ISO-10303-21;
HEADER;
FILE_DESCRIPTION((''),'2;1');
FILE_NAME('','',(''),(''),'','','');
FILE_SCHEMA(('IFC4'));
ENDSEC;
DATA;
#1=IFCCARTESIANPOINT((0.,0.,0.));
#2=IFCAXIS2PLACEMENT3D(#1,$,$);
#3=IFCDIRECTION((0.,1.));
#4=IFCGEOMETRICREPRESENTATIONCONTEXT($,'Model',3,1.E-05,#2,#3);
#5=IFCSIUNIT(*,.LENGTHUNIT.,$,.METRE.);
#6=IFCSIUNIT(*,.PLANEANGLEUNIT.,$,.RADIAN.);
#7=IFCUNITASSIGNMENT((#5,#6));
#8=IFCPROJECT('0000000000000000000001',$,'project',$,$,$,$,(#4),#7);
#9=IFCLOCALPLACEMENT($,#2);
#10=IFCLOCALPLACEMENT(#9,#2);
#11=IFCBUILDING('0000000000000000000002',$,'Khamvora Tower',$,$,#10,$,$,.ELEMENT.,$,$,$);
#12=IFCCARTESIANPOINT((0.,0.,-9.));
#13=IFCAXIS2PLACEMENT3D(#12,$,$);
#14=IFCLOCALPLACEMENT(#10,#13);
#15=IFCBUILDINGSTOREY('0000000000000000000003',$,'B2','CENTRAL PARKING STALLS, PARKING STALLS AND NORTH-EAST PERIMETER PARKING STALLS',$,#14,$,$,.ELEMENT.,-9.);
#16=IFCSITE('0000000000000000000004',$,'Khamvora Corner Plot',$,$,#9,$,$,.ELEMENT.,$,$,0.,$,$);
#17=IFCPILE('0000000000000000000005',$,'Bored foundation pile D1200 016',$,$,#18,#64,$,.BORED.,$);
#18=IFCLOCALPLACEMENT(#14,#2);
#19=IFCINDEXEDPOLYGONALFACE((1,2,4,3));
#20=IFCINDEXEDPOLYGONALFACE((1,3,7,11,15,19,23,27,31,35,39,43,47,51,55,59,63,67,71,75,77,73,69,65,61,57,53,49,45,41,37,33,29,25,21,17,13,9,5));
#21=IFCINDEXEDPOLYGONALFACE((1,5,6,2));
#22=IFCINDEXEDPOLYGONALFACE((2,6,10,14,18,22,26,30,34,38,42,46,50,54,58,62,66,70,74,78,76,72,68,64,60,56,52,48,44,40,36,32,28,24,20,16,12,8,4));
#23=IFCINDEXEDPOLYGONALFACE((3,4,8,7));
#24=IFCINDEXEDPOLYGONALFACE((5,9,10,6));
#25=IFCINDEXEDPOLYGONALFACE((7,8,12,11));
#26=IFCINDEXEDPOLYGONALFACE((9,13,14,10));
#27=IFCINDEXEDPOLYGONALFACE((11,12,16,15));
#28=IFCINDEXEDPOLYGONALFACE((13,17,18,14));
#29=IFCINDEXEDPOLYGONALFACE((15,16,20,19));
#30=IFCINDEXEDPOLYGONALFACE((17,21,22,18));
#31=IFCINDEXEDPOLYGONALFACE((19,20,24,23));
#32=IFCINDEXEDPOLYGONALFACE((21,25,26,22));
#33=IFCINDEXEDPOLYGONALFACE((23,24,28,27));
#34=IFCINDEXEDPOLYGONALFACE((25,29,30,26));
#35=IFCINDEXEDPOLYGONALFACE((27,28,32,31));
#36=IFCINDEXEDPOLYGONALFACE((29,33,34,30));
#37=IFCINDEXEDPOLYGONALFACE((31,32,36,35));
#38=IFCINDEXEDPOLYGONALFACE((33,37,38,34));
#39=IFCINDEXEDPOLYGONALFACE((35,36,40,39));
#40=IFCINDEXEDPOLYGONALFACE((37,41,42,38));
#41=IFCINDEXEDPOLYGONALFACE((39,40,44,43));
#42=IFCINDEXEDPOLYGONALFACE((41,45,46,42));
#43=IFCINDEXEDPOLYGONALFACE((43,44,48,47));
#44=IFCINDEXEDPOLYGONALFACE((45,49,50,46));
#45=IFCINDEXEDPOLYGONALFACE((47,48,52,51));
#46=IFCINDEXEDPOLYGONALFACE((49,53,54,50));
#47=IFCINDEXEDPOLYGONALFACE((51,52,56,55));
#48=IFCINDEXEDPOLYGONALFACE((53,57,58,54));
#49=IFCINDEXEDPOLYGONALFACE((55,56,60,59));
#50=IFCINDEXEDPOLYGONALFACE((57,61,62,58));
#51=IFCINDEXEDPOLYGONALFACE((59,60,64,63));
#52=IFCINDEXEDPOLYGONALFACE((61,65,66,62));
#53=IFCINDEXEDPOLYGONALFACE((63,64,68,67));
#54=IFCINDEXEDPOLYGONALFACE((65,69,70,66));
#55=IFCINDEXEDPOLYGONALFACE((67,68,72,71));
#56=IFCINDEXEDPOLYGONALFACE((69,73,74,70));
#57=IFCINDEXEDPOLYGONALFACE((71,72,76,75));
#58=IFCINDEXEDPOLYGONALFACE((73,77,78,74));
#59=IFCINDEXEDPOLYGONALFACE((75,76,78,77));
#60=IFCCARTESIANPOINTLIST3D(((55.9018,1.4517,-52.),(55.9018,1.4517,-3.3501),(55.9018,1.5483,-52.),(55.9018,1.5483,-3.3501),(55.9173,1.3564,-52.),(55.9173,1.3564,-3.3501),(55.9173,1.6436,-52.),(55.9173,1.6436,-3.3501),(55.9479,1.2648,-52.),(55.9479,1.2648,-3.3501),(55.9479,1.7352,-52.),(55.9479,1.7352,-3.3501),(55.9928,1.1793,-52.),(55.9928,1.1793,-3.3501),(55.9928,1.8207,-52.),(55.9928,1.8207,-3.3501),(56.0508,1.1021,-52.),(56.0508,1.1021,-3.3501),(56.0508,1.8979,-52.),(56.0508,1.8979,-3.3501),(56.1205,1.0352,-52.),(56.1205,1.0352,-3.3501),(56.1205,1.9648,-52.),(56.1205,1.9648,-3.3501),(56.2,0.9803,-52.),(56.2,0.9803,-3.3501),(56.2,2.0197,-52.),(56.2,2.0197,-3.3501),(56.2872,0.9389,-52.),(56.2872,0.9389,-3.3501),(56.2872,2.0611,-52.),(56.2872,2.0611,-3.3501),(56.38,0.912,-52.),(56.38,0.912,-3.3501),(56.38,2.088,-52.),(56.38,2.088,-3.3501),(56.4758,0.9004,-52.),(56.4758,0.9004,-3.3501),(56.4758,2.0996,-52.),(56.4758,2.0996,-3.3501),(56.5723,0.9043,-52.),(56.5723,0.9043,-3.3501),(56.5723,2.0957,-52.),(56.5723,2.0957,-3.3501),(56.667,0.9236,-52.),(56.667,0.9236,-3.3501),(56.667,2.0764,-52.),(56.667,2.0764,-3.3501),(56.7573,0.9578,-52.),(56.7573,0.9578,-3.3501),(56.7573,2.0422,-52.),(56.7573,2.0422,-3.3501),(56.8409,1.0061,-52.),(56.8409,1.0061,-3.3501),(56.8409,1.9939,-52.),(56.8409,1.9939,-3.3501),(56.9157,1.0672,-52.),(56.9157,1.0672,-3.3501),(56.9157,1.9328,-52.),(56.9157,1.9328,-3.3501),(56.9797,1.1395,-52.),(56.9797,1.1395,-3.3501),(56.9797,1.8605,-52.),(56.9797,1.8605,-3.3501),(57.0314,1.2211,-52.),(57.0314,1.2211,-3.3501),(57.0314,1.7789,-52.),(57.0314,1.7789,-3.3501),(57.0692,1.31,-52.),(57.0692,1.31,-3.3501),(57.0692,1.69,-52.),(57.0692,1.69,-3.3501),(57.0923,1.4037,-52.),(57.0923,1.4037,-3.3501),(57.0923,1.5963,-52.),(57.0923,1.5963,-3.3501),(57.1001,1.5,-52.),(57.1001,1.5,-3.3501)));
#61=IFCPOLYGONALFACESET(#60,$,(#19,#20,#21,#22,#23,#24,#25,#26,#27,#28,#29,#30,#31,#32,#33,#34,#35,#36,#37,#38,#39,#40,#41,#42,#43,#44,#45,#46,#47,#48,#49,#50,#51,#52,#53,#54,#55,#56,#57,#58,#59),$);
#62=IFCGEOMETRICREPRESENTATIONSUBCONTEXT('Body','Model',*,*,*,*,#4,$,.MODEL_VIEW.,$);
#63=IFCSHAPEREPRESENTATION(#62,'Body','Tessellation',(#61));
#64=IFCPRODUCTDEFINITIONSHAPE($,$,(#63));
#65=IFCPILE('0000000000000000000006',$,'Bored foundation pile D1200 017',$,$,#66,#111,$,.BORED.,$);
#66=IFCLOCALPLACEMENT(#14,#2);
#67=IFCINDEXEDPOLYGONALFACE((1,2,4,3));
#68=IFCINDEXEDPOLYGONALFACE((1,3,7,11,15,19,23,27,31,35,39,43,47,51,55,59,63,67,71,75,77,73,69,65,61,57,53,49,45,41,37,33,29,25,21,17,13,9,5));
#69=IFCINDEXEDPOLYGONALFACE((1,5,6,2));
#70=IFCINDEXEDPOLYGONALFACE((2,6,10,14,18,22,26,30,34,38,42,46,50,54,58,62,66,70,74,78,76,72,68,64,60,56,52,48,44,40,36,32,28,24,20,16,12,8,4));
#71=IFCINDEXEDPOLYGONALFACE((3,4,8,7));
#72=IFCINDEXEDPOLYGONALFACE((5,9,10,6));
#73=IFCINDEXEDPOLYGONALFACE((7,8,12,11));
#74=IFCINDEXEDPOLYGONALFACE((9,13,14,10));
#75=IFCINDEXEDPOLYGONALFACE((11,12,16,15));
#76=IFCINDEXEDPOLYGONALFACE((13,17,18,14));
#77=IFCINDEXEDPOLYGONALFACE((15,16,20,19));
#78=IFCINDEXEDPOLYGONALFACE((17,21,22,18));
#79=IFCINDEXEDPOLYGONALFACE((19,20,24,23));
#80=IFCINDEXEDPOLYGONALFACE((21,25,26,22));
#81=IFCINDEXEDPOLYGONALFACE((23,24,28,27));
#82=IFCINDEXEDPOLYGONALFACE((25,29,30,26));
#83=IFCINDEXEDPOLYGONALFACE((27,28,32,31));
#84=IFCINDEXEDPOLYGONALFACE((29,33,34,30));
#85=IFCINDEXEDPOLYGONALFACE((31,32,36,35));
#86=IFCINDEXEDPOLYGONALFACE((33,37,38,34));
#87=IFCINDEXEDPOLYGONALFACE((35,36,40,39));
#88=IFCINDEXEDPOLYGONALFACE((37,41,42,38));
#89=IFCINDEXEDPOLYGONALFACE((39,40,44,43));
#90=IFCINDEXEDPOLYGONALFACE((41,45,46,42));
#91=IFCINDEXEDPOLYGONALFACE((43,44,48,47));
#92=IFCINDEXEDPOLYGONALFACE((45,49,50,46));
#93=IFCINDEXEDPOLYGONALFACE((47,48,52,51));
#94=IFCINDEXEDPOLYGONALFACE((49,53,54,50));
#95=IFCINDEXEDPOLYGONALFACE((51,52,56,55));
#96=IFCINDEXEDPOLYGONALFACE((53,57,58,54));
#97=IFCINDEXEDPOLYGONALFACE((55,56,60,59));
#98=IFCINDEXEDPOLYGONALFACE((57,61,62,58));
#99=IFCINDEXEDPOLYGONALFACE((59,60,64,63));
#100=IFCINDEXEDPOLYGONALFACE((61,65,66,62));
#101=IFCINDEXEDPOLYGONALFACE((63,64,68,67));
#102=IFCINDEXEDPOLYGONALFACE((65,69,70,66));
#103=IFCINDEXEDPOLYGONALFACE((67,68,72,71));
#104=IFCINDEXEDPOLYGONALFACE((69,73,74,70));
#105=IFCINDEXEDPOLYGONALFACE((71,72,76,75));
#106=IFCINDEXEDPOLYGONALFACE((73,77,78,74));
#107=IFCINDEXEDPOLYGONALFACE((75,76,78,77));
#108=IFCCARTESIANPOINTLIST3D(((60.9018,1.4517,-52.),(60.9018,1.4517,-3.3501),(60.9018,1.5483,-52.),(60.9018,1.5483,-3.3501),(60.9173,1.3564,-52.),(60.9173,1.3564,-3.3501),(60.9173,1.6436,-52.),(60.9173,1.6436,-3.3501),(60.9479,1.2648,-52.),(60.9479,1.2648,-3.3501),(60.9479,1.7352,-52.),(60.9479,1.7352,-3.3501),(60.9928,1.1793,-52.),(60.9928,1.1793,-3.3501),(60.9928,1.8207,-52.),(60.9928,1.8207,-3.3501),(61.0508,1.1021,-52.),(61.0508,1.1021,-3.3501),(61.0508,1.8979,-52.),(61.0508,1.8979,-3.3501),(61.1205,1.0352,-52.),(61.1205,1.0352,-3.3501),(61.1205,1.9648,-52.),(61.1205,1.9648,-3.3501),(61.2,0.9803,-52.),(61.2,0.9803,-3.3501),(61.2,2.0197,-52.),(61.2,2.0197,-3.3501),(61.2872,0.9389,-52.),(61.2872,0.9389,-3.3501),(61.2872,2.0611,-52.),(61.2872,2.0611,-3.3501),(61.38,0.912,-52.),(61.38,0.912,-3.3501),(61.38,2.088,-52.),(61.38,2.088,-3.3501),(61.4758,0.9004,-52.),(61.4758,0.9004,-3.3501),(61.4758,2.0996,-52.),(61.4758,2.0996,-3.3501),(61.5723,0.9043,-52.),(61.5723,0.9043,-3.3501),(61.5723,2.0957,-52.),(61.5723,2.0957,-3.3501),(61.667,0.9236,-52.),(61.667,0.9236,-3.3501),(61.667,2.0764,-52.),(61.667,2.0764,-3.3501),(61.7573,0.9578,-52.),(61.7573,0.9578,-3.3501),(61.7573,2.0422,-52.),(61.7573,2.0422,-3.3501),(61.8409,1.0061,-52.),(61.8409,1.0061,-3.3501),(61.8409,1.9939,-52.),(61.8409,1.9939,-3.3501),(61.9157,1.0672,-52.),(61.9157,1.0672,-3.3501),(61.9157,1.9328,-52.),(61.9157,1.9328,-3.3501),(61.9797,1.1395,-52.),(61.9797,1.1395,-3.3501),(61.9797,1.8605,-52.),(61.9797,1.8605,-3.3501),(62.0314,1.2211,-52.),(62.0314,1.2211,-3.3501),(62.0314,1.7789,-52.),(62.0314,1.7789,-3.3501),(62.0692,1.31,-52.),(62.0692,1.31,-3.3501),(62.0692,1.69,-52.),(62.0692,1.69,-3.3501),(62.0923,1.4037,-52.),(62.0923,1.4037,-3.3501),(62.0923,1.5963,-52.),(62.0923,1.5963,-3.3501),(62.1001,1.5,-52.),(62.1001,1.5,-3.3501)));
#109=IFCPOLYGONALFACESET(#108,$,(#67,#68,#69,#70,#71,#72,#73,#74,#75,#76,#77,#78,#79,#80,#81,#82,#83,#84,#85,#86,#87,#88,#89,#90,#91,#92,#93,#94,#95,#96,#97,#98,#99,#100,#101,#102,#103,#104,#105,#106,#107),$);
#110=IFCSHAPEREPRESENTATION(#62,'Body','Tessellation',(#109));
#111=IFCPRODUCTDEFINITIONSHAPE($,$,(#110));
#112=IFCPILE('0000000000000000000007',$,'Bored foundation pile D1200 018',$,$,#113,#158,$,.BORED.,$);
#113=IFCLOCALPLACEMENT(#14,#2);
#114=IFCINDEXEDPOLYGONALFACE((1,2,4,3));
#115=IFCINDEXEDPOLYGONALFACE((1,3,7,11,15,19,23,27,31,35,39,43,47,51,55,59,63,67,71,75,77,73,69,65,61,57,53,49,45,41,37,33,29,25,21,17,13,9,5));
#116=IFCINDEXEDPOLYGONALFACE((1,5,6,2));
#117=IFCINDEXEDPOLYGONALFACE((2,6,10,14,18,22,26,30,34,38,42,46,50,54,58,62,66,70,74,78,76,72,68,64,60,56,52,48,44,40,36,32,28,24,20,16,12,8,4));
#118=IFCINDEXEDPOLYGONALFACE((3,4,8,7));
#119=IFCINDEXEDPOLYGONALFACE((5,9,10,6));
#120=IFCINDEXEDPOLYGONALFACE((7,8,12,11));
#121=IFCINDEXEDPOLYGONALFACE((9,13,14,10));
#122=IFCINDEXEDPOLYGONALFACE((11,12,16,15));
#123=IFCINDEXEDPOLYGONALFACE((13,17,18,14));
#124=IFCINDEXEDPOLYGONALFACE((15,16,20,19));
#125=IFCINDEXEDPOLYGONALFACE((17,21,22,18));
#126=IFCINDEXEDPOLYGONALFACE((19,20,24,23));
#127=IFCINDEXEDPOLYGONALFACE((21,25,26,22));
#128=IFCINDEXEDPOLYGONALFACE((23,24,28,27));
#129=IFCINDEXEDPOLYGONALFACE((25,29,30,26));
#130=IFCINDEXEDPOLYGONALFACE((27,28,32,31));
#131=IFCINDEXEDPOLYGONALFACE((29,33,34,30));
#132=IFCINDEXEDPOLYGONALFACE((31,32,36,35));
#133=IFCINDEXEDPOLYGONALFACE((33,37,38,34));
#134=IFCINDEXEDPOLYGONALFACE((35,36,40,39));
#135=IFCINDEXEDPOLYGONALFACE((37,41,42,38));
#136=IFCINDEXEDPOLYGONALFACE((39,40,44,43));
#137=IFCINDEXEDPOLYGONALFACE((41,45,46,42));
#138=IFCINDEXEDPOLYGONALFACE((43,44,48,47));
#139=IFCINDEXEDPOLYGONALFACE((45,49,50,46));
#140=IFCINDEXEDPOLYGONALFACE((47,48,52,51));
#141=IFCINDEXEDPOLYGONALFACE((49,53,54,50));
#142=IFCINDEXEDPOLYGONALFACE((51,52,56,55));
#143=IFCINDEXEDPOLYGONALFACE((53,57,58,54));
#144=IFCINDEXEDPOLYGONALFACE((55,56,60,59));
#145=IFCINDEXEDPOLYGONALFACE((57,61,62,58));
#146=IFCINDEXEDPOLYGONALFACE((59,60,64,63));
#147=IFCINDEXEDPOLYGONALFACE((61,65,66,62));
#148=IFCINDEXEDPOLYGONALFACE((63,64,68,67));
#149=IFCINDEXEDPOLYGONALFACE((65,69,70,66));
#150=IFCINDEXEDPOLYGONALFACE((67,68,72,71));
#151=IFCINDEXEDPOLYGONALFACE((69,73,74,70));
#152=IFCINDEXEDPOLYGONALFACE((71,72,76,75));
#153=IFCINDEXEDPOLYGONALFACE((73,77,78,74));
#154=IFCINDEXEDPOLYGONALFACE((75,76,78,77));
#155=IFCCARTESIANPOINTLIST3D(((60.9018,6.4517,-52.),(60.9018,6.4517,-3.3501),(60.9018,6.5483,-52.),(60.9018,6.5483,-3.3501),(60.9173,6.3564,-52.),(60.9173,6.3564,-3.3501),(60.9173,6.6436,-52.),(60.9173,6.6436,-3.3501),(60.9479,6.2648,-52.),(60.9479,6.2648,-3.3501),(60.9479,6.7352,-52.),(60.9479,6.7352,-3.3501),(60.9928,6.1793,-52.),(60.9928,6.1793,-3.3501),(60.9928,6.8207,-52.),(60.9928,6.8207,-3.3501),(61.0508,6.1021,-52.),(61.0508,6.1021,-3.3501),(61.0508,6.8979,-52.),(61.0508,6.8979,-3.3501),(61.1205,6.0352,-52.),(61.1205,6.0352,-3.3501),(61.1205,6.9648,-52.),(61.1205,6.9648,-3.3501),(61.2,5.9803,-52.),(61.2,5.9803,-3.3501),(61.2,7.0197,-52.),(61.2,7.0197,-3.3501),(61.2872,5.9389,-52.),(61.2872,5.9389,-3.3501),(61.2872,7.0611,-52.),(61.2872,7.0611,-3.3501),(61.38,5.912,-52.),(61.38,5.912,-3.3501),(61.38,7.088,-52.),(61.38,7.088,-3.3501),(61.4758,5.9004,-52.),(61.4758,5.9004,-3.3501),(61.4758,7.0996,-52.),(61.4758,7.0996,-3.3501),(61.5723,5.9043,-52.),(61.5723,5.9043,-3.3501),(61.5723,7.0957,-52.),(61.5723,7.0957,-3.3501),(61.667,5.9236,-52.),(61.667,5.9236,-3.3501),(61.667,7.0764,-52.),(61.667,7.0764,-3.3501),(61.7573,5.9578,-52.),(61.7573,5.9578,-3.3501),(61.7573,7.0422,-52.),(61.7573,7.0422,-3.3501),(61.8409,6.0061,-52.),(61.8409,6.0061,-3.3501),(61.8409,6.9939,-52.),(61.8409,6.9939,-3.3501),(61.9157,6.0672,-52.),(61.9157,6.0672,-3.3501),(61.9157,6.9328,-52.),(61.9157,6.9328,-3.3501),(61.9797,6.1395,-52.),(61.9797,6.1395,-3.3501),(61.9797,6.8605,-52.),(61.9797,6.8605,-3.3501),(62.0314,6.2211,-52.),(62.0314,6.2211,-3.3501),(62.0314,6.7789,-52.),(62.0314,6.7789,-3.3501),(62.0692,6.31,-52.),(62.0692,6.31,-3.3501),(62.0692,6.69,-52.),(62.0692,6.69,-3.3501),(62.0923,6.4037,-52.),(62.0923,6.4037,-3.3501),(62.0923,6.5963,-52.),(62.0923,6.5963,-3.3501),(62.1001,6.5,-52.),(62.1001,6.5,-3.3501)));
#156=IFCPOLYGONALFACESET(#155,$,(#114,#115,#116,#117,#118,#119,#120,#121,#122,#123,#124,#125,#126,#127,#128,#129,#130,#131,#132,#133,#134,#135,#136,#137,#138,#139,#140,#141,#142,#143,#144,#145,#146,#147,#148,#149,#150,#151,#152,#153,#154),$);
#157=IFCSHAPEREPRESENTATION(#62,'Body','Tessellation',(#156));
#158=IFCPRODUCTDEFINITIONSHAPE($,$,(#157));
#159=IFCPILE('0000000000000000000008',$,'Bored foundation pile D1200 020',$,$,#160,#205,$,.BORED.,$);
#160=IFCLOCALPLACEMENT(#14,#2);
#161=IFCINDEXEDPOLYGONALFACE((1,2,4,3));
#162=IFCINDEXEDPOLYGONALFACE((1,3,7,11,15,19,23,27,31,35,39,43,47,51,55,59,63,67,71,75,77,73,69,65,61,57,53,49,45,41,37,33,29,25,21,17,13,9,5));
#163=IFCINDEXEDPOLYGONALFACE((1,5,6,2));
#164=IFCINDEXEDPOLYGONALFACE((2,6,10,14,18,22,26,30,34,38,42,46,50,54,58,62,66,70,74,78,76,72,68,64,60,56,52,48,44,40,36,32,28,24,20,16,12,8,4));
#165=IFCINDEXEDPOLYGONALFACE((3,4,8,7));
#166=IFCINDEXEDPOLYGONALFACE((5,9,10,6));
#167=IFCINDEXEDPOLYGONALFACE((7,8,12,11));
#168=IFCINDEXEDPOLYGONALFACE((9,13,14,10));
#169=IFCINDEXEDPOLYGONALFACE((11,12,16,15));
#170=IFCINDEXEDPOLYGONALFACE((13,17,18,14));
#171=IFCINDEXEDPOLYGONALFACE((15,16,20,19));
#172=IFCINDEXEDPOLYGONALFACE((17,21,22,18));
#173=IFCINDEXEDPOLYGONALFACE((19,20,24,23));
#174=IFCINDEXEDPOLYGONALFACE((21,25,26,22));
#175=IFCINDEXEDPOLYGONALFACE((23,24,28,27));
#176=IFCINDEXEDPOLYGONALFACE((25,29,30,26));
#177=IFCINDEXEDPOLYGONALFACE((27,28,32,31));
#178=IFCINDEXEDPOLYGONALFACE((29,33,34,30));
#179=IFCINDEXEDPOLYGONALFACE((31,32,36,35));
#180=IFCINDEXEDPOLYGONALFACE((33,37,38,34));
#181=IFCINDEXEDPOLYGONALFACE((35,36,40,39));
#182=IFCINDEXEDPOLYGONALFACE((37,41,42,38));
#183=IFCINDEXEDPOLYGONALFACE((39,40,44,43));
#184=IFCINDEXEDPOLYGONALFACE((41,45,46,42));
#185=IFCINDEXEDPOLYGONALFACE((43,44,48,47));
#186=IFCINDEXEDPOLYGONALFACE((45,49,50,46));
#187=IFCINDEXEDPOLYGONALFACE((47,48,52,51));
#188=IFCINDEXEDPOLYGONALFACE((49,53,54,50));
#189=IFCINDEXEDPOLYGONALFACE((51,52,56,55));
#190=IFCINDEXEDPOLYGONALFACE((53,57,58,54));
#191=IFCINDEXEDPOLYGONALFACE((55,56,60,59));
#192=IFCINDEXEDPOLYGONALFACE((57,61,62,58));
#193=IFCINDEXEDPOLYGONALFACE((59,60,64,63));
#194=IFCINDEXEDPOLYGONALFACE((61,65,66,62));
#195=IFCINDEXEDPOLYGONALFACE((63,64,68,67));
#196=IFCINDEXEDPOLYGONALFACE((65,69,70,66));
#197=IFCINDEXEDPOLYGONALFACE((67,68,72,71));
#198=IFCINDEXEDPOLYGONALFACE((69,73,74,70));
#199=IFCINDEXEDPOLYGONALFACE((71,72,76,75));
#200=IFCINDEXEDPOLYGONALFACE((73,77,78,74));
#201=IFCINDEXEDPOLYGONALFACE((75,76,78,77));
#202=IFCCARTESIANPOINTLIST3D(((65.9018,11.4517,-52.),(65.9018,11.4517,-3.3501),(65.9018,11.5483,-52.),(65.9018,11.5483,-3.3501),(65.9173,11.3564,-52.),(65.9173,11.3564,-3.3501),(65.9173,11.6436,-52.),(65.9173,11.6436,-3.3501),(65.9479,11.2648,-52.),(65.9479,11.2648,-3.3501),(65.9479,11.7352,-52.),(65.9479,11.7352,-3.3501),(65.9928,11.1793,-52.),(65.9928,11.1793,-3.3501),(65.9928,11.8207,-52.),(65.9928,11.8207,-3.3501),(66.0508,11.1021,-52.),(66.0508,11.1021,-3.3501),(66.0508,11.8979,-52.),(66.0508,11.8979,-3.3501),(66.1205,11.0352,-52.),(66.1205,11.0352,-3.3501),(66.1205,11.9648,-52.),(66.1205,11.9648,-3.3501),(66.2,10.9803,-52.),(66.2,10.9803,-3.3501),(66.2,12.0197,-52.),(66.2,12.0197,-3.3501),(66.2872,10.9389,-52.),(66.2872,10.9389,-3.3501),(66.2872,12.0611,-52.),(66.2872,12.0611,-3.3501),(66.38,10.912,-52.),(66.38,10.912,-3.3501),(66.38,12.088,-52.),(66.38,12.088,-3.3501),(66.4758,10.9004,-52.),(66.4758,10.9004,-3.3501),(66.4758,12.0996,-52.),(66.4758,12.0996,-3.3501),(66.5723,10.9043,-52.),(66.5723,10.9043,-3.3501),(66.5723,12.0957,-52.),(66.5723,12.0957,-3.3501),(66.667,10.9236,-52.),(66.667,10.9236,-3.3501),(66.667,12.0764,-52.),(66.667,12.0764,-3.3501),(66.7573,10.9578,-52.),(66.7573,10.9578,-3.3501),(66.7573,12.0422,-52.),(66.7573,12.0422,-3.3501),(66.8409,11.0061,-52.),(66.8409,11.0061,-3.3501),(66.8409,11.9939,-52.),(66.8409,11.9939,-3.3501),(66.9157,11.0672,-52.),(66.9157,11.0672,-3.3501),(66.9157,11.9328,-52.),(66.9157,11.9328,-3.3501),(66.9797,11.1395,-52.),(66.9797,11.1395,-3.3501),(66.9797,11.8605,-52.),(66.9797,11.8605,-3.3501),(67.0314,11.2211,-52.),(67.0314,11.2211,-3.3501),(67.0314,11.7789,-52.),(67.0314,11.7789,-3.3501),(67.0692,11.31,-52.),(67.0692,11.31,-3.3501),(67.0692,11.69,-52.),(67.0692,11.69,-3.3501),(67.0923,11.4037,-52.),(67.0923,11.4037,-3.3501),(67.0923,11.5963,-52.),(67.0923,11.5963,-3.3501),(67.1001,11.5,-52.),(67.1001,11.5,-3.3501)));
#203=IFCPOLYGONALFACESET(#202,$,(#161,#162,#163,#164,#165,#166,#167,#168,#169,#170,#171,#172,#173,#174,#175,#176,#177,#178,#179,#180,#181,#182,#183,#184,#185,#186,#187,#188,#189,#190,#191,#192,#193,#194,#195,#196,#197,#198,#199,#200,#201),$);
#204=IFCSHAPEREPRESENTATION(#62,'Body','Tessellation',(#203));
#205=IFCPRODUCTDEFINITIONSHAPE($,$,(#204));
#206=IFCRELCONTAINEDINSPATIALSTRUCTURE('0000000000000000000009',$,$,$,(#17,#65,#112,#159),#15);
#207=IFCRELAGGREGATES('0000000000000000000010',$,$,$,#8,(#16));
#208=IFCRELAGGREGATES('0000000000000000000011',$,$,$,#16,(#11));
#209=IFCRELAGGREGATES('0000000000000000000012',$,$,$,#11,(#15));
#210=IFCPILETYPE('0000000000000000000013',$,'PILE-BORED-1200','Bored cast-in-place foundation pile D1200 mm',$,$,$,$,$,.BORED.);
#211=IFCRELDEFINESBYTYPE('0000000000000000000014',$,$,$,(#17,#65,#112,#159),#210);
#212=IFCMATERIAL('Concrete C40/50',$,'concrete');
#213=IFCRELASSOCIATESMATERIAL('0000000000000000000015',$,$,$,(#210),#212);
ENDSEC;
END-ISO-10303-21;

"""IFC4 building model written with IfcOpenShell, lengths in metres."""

from ifc_helpers import new_model, si_unit, direction, frame, origin, origin_2d, place, context, subcontext, project, spatial, circle, extrude, material, material_profile, profile_set, type_object, element, save


model = new_model("IFC4")

# Units and contexts
model_context = context("Model", 3, precision=1e-05, world=origin(), true_north=direction((0.0, 1.0)))
body_context = subcontext(model_context, "Body", "Model", "MODEL_VIEW")
ifc_project = project(units=[si_unit("LENGTHUNIT", "METRE"), si_unit("PLANEANGLEUNIT", "RADIAN")], contexts=[model_context])

# Site, building, storey
site_placement = place(None, origin())
site = spatial("IfcSite", under=ifc_project, at=site_placement, Name="Khamvora Corner Plot", CompositionType="ELEMENT", RefElevation=0.0)
building_placement = place(site_placement, origin())
building = spatial("IfcBuilding", under=site, at=building_placement, Name="Khamvora Tower", CompositionType="ELEMENT")
storey_placement = place(building_placement, frame((0.0, 0.0, -9.0)))
storey = spatial("IfcBuildingStorey", under=building, at=storey_placement, Name="B2", Description="CENTRAL PARKING STALLS, PARKING STALLS AND NORTH-EAST PERIMETER PARKING STALLS", CompositionType="ELEMENT", Elevation=-9.0)

# Piles
ifc_material_1 = material(Name="Concrete C40/50", Category="concrete")
ifc_material_profile_1 = material_profile(ifc_material_1, circle(Radius=0.6001, at=origin_2d()), Name="PILE_D1200")
ifc_profile_set_1 = profile_set([ifc_material_profile_1], Name="Concrete C40/50")
pile_type_1 = type_object("IfcPileType", Name="PILE-BORED-1200", Description="Bored cast-in-place foundation pile D1200 mm", PredefinedType="BORED", material=ifc_profile_set_1)
for number, where, z_axis, x_axis, name in (
    (1, (56.5, 1.5, -3.3501), (0.0, 0.0, -1.0), (1.0, 0.0, 0.0), "Bored foundation pile D1200 016"),
    (2, (61.5, 1.5, -3.3501), (0.0, 0.0, -1.0), (1.0, 0.0, 0.0), "Bored foundation pile D1200 017"),
    (3, (61.5, 6.5, -3.3501), (0.0, 0.0, -1.0), (1.0, 0.0, 0.0), "Bored foundation pile D1200 018"),
    (4, (66.5, 11.5, -3.3501), (0.0, 0.0, -1.0), (1.0, 0.0, 0.0), "Bored foundation pile D1200 020"),
):
    element("IfcPile", number, at=place(storey_placement, frame(where, z_axis=z_axis, x_axis=x_axis)), inside=storey, type_object=pile_type_1, Name=name, PredefinedType="BORED", context=body_context, shape_type="SweptSolid", body=[
        extrude(circle(Radius=0.6001, at=origin_2d()), origin(), (0.0, 0.0, 1.0), 48.6499),
    ])

save(model, "model.ifc")
